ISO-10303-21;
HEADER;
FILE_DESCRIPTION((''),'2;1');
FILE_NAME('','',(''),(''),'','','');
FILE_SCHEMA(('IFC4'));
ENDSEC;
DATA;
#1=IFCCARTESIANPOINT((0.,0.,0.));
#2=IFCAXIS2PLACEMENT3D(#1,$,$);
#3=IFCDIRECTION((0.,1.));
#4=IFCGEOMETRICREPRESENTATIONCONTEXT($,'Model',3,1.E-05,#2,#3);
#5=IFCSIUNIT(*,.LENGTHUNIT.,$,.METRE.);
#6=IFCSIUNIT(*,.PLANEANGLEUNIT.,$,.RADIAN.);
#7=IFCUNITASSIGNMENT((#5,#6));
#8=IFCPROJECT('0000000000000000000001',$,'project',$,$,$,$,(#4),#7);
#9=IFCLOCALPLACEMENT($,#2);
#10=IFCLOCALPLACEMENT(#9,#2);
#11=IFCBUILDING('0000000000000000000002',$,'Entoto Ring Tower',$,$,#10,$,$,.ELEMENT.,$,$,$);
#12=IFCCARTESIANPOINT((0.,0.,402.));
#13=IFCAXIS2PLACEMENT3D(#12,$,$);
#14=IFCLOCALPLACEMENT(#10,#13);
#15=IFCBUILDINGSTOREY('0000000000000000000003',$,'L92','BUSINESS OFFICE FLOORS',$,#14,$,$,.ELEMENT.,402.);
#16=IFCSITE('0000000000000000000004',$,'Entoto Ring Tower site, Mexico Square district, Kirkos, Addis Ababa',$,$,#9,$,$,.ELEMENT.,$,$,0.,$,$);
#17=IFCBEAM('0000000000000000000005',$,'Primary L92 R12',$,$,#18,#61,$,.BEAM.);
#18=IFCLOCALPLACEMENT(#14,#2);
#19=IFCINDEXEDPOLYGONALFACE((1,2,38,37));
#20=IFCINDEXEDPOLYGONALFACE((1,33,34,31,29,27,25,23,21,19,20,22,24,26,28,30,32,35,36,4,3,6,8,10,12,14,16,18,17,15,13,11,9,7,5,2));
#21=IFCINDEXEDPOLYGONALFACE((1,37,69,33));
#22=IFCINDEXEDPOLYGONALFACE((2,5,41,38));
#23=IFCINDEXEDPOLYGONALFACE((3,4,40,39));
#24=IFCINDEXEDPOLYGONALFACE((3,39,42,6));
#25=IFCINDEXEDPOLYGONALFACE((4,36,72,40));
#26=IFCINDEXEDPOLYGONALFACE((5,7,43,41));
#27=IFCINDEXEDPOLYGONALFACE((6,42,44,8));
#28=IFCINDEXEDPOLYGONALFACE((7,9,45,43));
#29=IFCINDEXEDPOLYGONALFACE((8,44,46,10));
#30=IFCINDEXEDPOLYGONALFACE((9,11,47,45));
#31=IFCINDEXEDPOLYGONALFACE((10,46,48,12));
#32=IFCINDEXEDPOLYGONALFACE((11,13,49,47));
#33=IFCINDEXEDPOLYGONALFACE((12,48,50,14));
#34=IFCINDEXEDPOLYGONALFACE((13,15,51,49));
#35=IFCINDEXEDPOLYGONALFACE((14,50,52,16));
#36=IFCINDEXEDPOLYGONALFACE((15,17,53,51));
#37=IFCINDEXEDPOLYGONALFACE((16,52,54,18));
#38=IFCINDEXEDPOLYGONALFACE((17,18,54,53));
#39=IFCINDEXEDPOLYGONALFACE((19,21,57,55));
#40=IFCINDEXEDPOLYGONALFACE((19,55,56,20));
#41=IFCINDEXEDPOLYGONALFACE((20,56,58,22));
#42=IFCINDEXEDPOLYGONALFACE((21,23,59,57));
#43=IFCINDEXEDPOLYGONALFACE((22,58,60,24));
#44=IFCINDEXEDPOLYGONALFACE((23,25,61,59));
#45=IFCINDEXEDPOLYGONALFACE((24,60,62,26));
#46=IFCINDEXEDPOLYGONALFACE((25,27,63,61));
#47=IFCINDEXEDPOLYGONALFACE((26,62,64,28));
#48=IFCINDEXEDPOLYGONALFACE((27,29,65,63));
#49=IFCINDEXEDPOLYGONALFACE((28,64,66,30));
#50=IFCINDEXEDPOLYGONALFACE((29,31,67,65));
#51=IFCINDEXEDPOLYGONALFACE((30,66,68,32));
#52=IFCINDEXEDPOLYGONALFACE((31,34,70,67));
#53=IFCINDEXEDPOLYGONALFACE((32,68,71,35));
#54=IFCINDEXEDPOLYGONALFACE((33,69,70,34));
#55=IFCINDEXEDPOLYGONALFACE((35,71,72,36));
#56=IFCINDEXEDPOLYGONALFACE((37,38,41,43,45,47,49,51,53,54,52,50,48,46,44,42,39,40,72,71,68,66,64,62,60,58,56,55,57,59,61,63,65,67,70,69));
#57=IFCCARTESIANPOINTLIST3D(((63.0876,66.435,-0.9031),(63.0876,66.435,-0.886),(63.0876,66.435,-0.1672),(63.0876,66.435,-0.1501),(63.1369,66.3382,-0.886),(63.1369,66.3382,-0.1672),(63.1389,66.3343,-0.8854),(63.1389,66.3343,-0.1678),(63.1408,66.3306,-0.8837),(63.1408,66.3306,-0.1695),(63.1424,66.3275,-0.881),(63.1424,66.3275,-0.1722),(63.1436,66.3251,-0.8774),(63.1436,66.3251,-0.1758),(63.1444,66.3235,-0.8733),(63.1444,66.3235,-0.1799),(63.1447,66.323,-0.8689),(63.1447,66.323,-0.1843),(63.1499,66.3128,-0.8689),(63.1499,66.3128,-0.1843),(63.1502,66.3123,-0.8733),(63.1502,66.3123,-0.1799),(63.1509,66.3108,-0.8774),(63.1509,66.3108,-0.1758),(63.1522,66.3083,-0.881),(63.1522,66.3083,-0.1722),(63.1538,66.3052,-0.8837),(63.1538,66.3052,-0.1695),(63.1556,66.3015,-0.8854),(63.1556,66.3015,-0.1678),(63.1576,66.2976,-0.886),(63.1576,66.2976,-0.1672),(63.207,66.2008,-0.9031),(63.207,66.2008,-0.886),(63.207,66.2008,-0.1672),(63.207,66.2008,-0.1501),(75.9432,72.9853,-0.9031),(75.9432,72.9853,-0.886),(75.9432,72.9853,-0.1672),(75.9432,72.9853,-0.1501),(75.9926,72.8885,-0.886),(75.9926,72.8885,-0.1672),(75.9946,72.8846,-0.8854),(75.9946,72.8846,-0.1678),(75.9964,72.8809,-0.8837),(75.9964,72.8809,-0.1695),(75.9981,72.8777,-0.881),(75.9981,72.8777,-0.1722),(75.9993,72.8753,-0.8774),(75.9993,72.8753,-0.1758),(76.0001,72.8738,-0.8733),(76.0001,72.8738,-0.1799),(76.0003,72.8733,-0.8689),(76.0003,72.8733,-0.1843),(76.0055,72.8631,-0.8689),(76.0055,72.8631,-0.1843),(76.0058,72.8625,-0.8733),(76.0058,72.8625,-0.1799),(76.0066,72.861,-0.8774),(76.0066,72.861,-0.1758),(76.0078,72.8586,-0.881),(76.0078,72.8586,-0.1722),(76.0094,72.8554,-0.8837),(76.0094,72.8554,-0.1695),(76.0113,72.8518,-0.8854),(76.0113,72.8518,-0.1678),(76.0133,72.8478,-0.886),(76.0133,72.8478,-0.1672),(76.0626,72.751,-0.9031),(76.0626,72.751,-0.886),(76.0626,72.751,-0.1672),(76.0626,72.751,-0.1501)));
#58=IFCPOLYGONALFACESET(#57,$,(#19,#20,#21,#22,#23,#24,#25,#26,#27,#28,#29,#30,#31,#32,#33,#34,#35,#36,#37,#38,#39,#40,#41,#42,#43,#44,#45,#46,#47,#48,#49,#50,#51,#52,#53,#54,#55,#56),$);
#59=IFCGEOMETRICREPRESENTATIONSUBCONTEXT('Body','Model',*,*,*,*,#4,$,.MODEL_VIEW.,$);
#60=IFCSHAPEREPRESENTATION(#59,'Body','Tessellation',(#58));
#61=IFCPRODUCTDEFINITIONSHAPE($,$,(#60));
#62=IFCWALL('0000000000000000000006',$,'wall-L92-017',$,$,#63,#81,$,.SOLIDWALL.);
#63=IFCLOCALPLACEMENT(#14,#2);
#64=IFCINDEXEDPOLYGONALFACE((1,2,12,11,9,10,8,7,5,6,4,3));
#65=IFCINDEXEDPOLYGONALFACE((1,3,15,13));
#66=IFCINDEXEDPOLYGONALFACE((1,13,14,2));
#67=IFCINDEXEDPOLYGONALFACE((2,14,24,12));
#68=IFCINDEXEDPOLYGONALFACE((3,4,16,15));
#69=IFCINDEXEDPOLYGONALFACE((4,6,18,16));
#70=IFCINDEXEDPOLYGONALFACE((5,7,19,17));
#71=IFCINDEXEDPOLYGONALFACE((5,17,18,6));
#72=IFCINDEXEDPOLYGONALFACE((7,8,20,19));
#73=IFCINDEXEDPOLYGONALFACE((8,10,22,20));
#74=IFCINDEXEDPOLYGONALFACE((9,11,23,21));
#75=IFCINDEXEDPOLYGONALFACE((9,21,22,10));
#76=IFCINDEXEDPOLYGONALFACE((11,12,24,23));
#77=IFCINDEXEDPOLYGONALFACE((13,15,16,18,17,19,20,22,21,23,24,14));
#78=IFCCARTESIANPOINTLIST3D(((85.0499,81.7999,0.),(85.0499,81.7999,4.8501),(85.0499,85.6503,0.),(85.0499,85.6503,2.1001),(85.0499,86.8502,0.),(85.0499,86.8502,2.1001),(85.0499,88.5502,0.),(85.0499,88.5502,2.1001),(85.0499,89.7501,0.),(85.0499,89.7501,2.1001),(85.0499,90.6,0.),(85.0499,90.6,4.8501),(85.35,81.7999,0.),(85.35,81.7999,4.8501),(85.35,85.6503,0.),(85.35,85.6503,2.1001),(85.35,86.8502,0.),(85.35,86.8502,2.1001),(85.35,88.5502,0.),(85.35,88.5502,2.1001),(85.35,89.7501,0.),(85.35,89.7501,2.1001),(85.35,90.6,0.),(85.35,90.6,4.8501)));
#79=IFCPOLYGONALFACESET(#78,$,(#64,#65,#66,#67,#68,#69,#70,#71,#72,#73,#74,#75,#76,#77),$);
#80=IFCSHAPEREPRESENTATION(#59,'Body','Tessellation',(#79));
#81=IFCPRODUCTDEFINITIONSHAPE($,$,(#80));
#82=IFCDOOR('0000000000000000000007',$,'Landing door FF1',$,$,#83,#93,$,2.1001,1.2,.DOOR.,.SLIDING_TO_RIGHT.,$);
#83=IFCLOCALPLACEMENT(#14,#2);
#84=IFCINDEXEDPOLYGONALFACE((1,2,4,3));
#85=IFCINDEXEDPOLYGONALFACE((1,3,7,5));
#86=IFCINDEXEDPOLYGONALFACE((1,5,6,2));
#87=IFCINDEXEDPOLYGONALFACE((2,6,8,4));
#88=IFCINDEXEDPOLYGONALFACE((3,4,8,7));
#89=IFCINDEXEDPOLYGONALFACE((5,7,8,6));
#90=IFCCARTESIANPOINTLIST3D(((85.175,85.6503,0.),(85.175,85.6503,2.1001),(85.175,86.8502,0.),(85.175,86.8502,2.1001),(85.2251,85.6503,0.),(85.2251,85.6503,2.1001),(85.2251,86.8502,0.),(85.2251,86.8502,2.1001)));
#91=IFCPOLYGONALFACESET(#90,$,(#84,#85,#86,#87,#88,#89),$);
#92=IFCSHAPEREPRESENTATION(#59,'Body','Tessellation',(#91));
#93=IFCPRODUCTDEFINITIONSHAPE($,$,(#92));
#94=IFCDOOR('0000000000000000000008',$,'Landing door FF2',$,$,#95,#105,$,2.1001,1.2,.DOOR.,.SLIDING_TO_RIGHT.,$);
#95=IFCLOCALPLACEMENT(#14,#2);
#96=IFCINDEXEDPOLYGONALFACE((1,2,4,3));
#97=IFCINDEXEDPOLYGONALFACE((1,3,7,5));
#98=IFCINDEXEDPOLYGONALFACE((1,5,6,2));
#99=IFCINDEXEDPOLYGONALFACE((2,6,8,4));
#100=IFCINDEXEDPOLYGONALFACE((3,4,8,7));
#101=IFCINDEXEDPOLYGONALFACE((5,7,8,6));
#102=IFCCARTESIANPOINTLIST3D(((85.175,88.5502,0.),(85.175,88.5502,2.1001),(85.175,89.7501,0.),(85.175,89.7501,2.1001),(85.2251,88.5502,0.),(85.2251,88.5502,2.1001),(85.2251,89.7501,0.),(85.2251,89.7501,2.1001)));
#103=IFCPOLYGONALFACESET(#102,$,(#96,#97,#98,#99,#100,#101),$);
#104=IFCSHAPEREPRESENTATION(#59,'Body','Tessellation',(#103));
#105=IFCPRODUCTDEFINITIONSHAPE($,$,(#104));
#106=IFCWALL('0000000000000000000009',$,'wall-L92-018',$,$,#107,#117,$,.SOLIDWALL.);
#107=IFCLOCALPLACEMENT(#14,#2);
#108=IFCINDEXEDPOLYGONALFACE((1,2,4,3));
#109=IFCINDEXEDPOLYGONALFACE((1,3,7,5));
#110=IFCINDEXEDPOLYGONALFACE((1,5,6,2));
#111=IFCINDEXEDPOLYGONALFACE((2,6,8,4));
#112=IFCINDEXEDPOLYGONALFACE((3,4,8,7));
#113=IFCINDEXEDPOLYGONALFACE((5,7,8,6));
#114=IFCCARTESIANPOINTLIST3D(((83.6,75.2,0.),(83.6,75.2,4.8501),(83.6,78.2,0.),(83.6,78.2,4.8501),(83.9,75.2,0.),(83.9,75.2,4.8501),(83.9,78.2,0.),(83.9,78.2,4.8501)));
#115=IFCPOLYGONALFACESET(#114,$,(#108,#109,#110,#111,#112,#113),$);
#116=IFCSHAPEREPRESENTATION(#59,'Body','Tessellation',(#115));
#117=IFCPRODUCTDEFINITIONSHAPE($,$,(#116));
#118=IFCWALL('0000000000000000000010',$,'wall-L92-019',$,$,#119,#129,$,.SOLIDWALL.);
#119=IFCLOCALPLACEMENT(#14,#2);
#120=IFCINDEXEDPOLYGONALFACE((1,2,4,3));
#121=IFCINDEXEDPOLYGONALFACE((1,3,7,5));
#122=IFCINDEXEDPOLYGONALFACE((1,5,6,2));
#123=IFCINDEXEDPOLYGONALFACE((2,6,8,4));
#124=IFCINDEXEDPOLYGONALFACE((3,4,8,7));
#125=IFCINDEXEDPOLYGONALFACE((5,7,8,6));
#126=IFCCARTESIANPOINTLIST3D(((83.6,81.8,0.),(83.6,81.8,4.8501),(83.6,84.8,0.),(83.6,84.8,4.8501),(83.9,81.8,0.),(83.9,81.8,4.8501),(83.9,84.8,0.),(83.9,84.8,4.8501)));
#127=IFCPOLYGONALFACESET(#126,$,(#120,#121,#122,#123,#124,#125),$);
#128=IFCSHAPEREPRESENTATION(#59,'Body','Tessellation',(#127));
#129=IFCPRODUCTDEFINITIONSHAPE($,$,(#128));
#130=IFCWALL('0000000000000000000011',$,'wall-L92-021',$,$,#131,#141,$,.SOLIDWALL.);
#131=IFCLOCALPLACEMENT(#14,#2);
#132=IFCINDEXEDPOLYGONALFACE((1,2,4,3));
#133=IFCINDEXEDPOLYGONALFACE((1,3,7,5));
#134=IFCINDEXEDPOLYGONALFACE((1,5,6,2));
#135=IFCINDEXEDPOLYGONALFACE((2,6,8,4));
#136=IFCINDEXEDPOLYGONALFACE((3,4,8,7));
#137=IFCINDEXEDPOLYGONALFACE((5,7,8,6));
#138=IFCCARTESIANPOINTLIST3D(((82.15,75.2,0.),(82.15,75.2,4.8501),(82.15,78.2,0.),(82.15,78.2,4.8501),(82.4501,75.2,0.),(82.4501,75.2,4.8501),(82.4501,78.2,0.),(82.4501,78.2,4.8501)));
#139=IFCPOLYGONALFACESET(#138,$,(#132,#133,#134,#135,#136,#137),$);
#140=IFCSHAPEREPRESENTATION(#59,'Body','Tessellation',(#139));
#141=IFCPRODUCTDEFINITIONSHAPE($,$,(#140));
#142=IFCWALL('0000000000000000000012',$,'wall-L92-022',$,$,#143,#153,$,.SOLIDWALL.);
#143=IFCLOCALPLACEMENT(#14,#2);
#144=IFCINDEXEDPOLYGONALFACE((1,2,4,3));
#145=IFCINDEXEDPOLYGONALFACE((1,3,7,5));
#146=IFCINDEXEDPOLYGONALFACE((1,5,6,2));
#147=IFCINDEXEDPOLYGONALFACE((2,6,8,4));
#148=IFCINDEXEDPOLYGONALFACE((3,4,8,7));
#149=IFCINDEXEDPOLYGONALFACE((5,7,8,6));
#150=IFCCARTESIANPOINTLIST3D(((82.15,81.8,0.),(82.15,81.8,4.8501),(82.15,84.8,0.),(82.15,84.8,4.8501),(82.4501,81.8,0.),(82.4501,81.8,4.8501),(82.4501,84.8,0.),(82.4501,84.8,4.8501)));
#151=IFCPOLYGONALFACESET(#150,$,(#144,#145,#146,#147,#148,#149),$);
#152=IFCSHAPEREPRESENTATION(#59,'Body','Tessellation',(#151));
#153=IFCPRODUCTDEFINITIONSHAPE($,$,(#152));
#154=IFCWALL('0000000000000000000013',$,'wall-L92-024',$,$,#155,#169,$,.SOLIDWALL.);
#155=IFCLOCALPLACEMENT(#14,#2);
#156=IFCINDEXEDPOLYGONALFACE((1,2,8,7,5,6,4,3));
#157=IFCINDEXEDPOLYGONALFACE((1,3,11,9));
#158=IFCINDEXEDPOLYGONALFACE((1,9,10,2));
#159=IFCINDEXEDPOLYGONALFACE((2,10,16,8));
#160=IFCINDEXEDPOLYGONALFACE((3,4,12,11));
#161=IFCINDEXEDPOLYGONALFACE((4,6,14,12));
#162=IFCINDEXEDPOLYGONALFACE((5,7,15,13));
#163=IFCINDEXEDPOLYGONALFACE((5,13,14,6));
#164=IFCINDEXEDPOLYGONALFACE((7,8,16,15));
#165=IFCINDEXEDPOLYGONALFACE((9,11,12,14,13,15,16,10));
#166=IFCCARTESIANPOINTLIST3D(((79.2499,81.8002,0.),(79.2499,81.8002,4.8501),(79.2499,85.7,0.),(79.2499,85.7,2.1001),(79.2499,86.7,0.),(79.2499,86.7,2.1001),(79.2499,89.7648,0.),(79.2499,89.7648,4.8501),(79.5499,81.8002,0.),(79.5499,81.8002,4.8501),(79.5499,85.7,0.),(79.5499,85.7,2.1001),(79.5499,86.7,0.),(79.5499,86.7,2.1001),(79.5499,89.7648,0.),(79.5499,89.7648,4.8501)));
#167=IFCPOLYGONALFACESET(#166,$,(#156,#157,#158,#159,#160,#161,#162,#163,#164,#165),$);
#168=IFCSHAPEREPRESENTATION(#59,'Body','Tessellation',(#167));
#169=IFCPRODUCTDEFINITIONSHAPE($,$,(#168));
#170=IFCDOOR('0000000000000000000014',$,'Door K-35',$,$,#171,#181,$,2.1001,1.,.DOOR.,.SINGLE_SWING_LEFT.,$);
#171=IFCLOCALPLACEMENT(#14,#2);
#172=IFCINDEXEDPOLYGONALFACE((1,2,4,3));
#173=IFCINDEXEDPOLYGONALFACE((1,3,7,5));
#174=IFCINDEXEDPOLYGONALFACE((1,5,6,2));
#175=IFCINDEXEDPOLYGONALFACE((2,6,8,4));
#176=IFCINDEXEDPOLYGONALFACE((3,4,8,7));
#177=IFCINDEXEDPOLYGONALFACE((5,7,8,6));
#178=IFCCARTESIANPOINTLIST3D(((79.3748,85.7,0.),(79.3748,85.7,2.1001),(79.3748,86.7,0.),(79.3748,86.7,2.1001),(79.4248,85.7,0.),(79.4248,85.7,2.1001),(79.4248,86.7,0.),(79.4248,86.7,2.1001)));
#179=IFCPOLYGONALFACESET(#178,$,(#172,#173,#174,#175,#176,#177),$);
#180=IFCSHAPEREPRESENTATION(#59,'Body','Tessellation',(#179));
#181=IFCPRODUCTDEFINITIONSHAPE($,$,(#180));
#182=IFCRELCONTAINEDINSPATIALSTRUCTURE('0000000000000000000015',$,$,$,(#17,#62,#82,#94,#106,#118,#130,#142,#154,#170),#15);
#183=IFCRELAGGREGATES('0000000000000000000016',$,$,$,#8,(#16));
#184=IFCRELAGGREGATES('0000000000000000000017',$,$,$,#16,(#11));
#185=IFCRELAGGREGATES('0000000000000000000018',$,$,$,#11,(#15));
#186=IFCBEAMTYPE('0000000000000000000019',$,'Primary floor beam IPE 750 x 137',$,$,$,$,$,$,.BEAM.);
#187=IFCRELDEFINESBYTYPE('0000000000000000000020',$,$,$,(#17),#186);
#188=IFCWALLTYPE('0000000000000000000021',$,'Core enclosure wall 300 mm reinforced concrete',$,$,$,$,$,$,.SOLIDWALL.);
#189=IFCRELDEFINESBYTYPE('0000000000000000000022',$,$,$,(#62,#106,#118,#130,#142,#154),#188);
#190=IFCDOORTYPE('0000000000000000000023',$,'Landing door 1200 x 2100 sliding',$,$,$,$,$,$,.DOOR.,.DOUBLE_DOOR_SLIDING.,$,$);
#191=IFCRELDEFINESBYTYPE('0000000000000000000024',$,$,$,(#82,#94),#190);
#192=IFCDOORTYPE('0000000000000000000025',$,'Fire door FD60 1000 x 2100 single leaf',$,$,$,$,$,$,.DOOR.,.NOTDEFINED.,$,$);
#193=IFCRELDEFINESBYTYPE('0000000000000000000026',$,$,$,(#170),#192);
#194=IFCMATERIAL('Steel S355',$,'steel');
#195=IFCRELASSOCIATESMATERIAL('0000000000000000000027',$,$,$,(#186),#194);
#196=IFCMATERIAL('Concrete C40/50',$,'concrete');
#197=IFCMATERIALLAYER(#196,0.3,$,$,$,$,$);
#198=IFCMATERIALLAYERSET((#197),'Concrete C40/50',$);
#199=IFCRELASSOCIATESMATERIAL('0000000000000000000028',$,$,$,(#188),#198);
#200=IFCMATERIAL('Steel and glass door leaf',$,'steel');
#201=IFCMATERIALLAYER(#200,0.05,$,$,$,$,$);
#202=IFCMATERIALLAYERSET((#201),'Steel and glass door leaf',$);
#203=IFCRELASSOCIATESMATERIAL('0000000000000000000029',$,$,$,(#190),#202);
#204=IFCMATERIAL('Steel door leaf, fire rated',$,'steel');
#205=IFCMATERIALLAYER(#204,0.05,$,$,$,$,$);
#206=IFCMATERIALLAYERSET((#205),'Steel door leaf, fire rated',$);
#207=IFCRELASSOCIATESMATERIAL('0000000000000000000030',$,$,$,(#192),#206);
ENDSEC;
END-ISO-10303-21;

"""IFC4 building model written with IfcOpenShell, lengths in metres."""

from ifc_helpers import new_model, si_unit, direction, frame, frame_2d, origin, origin_2d, place, context, subcontext, project, spatial, rectangle, i_section, extrude, material, layer, layer_set, material_profile, profile_set, type_object, element, fill, save


model = new_model("IFC4")

# Units and contexts
model_context = context("Model", 3, precision=1e-05, world=origin(), true_north=direction((0.0, 1.0)))
body_context = subcontext(model_context, "Body", "Model", "MODEL_VIEW")
ifc_project = project(units=[si_unit("LENGTHUNIT", "METRE"), si_unit("PLANEANGLEUNIT", "RADIAN")], contexts=[model_context])

# Site, building, storey
site_placement = place(None, origin())
site = spatial("IfcSite", under=ifc_project, at=site_placement, Name="Entoto Ring Tower site, Mexico Square district, Kirkos, Addis Ababa", CompositionType="ELEMENT", RefElevation=0.0)
building_placement = place(site_placement, origin())
building = spatial("IfcBuilding", under=site, at=building_placement, Name="Entoto Ring Tower", CompositionType="ELEMENT")
storey_placement = place(building_placement, frame((0.0, 0.0, 402.0)))
storey = spatial("IfcBuildingStorey", under=building, at=storey_placement, Name="L92", Description="BUSINESS OFFICE FLOORS", CompositionType="ELEMENT", Elevation=402.0)

# Beam
ifc_material_1 = material(Name="Steel S355", Category="steel")
ifc_material_profile = material_profile(ifc_material_1, i_section(OverallWidth=0.2629, OverallDepth=0.7529, WebThickness=0.0115, FlangeThickness=0.0171, FilletRadius=0.0171, at=origin_2d()), Name="IPE 750 x 137")
ifc_profile_set = profile_set([ifc_material_profile], Name="Steel S355")
beam_type = type_object("IfcBeamType", Name="Primary floor beam IPE 750 x 137", PredefinedType="BEAM", material=ifc_profile_set)
beam_placement = place(storey_placement, frame((76.0029, 72.8682, -0.5266), z_axis=(-0.891007, -0.453989, 0.0), x_axis=(0.453989, -0.891007, 0.0)))
element("IfcBeam", 1, at=beam_placement, inside=storey, type_object=beam_type, Name="Primary L92 R12", PredefinedType="BEAM", context=body_context, shape_type="SweptSolid", body=[
    extrude(i_section(OverallWidth=0.2629, OverallDepth=0.7529, WebThickness=0.0115, FlangeThickness=0.0171, FilletRadius=0.0171, at=origin_2d()), origin(), (0.0, 0.0, 1.0), 14.4282),
])

# Wall, openings, doors
ifc_material_2 = material(Name="Concrete C40/50", Category="concrete")
ifc_layer_1 = layer(ifc_material_2, 0.3)
ifc_layer_set_1 = layer_set([ifc_layer_1], Name="Concrete C40/50")
wall_type = type_object("IfcWallType", Name="Core enclosure wall 300 mm reinforced concrete", PredefinedType="SOLIDWALL", material=ifc_layer_set_1)
wall_1_placement = place(storey_placement, frame((85.2, 81.8, 0.0), z_axis=(0.0, 0.0, 1.0), x_axis=(0.0, 1.0, 0.0)))
wall_1 = element("IfcWall", 2, at=wall_1_placement, inside=storey, type_object=wall_type, Name="wall-L92-017", PredefinedType="SOLIDWALL", context=body_context, shape_type="SweptSolid", body=[
    extrude(rectangle(XDim=8.8, YDim=0.3, at=frame_2d((4.3999, 0.0))), origin(), (0.0, 0.0, 1.0), 4.8501),
])
opening_1_placement = place(wall_1_placement, frame((3.8501, 0.0, 0.0)))
opening_1 = element("IfcOpeningElement", 3, at=opening_1_placement, cuts=wall_1, PredefinedType="OPENING", context=body_context, shape_type="SweptSolid", body=[
    extrude(rectangle(XDim=1.2, YDim=2.1001, at=frame_2d((0.6001, 1.05))), frame((0.0, 0.1602, 0.0), z_axis=(0.0, -1.0, 0.0), x_axis=(1.0, 0.0, 0.0)), (0.0, 0.0, 1.0), 0.3201),
])
opening_2_placement = place(wall_1_placement, frame((6.75, 0.0, 0.0)))
opening_2 = element("IfcOpeningElement", 4, at=opening_2_placement, cuts=wall_1, PredefinedType="OPENING", context=body_context, shape_type="SweptSolid", body=[
    extrude(rectangle(XDim=1.2, YDim=2.1001, at=frame_2d((0.6001, 1.05))), frame((0.0, 0.1602, 0.0), z_axis=(0.0, -1.0, 0.0), x_axis=(1.0, 0.0, 0.0)), (0.0, 0.0, 1.0), 0.3201),
])
ifc_material_3 = material(Name="Steel and glass door leaf", Category="steel")
ifc_layer_2 = layer(ifc_material_3, 0.05)
ifc_layer_set_2 = layer_set([ifc_layer_2], Name="Steel and glass door leaf")
door_type_1 = type_object("IfcDoorType", Name="Landing door 1200 x 2100 sliding", OperationType="DOUBLE_DOOR_SLIDING", PredefinedType="DOOR", material=ifc_layer_set_2)
door_1_placement = place(opening_1_placement, origin())
door_1 = element("IfcDoor", 5, at=door_1_placement, inside=storey, type_object=door_type_1, Name="Landing door FF1", OperationType="SLIDING_TO_RIGHT", OverallHeight=2.1001, OverallWidth=1.2, PredefinedType="DOOR", context=body_context, shape_type="SweptSolid", body=[
    extrude(rectangle(XDim=1.2, YDim=2.1001, at=frame_2d((0.6001, 1.05))), frame((0.0, 0.0249, 0.0), z_axis=(0.0, -1.0, 0.0), x_axis=(1.0, 0.0, 0.0)), (0.0, 0.0, 1.0), 0.05),
])
fill(opening_1, door_1)
door_2_placement = place(opening_2_placement, origin())
door_2 = element("IfcDoor", 6, at=door_2_placement, inside=storey, type_object=door_type_1, Name="Landing door FF2", OperationType="SLIDING_TO_RIGHT", OverallHeight=2.1001, OverallWidth=1.2, PredefinedType="DOOR", context=body_context, shape_type="SweptSolid", body=[
    extrude(rectangle(XDim=1.2, YDim=2.1001, at=frame_2d((0.6001, 1.05))), frame((0.0, 0.0249, 0.0), z_axis=(0.0, -1.0, 0.0), x_axis=(1.0, 0.0, 0.0)), (0.0, 0.0, 1.0), 0.05),
])
fill(opening_2, door_2)

# Walls
for number, where, z_axis, x_axis, name in (
    (7, (83.75, 75.2, 0.0), (0.0, 0.0, 1.0), (0.0, 1.0, 0.0), "wall-L92-018"),
    (8, (83.75, 81.8, 0.0), (0.0, 0.0, 1.0), (0.0, 1.0, 0.0), "wall-L92-019"),
    (9, (82.3, 75.2, 0.0), (0.0, 0.0, 1.0), (0.0, 1.0, 0.0), "wall-L92-021"),
    (10, (82.3, 81.8, 0.0), (0.0, 0.0, 1.0), (0.0, 1.0, 0.0), "wall-L92-022"),
):
    element("IfcWall", number, at=place(storey_placement, frame(where, z_axis=z_axis, x_axis=x_axis)), inside=storey, type_object=wall_type, Name=name, PredefinedType="SOLIDWALL", context=body_context, shape_type="SweptSolid", body=[
        extrude(rectangle(XDim=3.0, YDim=0.3, at=frame_2d((1.5, 0.0))), origin(), (0.0, 0.0, 1.0), 4.8501),
    ])

# Wall, opening, door
wall_2_placement = place(storey_placement, frame((79.3999, 81.8, 0.0), z_axis=(0.0, 0.0, 1.0), x_axis=(0.0, 1.0, 0.0)))
wall_2 = element("IfcWall", 11, at=wall_2_placement, inside=storey, type_object=wall_type, Name="wall-L92-024", PredefinedType="SOLIDWALL", context=body_context, shape_type="SweptSolid", body=[
    extrude(rectangle(XDim=7.9646, YDim=0.3, at=frame_2d((3.9824, 0.0))), origin(), (0.0, 0.0, 1.0), 4.8501),
])
opening_3_placement = place(wall_2_placement, frame((3.8999, 0.0, 0.0)))
opening_3 = element("IfcOpeningElement", 12, at=opening_3_placement, cuts=wall_2, PredefinedType="OPENING", context=body_context, shape_type="SweptSolid", body=[
    extrude(rectangle(XDim=1.0, YDim=2.1001, at=frame_2d((0.5, 1.05))), frame((0.0, 0.1602, 0.0), z_axis=(0.0, -1.0, 0.0), x_axis=(1.0, 0.0, 0.0)), (0.0, 0.0, 1.0), 0.3201),
])
ifc_material_4 = material(Name="Steel door leaf, fire rated", Category="steel")
ifc_layer_3 = layer(ifc_material_4, 0.05)
ifc_layer_set_3 = layer_set([ifc_layer_3], Name="Steel door leaf, fire rated")
door_type_2 = type_object("IfcDoorType", Name="Fire door FD60 1000 x 2100 single leaf", OperationType="NOTDEFINED", PredefinedType="DOOR", material=ifc_layer_set_3)
door_3_placement = place(opening_3_placement, frame((1.0, 0.0, 0.0), z_axis=(0.0, 0.0, 1.0), x_axis=(-1.0, 0.0, 0.0)))
door_3 = element("IfcDoor", 13, at=door_3_placement, inside=storey, type_object=door_type_2, Name="Door K-35", OperationType="SINGLE_SWING_LEFT", OverallHeight=2.1001, OverallWidth=1.0, PredefinedType="DOOR", context=body_context, shape_type="SweptSolid", body=[
    extrude(rectangle(XDim=1.0, YDim=2.1001, at=frame_2d((0.5, 1.05))), frame((0.0, 0.0249, 0.0), z_axis=(0.0, -1.0, 0.0), x_axis=(1.0, 0.0, 0.0)), (0.0, 0.0, 1.0), 0.05),
])
fill(opening_3, door_3)

save(model, "model.ifc")
